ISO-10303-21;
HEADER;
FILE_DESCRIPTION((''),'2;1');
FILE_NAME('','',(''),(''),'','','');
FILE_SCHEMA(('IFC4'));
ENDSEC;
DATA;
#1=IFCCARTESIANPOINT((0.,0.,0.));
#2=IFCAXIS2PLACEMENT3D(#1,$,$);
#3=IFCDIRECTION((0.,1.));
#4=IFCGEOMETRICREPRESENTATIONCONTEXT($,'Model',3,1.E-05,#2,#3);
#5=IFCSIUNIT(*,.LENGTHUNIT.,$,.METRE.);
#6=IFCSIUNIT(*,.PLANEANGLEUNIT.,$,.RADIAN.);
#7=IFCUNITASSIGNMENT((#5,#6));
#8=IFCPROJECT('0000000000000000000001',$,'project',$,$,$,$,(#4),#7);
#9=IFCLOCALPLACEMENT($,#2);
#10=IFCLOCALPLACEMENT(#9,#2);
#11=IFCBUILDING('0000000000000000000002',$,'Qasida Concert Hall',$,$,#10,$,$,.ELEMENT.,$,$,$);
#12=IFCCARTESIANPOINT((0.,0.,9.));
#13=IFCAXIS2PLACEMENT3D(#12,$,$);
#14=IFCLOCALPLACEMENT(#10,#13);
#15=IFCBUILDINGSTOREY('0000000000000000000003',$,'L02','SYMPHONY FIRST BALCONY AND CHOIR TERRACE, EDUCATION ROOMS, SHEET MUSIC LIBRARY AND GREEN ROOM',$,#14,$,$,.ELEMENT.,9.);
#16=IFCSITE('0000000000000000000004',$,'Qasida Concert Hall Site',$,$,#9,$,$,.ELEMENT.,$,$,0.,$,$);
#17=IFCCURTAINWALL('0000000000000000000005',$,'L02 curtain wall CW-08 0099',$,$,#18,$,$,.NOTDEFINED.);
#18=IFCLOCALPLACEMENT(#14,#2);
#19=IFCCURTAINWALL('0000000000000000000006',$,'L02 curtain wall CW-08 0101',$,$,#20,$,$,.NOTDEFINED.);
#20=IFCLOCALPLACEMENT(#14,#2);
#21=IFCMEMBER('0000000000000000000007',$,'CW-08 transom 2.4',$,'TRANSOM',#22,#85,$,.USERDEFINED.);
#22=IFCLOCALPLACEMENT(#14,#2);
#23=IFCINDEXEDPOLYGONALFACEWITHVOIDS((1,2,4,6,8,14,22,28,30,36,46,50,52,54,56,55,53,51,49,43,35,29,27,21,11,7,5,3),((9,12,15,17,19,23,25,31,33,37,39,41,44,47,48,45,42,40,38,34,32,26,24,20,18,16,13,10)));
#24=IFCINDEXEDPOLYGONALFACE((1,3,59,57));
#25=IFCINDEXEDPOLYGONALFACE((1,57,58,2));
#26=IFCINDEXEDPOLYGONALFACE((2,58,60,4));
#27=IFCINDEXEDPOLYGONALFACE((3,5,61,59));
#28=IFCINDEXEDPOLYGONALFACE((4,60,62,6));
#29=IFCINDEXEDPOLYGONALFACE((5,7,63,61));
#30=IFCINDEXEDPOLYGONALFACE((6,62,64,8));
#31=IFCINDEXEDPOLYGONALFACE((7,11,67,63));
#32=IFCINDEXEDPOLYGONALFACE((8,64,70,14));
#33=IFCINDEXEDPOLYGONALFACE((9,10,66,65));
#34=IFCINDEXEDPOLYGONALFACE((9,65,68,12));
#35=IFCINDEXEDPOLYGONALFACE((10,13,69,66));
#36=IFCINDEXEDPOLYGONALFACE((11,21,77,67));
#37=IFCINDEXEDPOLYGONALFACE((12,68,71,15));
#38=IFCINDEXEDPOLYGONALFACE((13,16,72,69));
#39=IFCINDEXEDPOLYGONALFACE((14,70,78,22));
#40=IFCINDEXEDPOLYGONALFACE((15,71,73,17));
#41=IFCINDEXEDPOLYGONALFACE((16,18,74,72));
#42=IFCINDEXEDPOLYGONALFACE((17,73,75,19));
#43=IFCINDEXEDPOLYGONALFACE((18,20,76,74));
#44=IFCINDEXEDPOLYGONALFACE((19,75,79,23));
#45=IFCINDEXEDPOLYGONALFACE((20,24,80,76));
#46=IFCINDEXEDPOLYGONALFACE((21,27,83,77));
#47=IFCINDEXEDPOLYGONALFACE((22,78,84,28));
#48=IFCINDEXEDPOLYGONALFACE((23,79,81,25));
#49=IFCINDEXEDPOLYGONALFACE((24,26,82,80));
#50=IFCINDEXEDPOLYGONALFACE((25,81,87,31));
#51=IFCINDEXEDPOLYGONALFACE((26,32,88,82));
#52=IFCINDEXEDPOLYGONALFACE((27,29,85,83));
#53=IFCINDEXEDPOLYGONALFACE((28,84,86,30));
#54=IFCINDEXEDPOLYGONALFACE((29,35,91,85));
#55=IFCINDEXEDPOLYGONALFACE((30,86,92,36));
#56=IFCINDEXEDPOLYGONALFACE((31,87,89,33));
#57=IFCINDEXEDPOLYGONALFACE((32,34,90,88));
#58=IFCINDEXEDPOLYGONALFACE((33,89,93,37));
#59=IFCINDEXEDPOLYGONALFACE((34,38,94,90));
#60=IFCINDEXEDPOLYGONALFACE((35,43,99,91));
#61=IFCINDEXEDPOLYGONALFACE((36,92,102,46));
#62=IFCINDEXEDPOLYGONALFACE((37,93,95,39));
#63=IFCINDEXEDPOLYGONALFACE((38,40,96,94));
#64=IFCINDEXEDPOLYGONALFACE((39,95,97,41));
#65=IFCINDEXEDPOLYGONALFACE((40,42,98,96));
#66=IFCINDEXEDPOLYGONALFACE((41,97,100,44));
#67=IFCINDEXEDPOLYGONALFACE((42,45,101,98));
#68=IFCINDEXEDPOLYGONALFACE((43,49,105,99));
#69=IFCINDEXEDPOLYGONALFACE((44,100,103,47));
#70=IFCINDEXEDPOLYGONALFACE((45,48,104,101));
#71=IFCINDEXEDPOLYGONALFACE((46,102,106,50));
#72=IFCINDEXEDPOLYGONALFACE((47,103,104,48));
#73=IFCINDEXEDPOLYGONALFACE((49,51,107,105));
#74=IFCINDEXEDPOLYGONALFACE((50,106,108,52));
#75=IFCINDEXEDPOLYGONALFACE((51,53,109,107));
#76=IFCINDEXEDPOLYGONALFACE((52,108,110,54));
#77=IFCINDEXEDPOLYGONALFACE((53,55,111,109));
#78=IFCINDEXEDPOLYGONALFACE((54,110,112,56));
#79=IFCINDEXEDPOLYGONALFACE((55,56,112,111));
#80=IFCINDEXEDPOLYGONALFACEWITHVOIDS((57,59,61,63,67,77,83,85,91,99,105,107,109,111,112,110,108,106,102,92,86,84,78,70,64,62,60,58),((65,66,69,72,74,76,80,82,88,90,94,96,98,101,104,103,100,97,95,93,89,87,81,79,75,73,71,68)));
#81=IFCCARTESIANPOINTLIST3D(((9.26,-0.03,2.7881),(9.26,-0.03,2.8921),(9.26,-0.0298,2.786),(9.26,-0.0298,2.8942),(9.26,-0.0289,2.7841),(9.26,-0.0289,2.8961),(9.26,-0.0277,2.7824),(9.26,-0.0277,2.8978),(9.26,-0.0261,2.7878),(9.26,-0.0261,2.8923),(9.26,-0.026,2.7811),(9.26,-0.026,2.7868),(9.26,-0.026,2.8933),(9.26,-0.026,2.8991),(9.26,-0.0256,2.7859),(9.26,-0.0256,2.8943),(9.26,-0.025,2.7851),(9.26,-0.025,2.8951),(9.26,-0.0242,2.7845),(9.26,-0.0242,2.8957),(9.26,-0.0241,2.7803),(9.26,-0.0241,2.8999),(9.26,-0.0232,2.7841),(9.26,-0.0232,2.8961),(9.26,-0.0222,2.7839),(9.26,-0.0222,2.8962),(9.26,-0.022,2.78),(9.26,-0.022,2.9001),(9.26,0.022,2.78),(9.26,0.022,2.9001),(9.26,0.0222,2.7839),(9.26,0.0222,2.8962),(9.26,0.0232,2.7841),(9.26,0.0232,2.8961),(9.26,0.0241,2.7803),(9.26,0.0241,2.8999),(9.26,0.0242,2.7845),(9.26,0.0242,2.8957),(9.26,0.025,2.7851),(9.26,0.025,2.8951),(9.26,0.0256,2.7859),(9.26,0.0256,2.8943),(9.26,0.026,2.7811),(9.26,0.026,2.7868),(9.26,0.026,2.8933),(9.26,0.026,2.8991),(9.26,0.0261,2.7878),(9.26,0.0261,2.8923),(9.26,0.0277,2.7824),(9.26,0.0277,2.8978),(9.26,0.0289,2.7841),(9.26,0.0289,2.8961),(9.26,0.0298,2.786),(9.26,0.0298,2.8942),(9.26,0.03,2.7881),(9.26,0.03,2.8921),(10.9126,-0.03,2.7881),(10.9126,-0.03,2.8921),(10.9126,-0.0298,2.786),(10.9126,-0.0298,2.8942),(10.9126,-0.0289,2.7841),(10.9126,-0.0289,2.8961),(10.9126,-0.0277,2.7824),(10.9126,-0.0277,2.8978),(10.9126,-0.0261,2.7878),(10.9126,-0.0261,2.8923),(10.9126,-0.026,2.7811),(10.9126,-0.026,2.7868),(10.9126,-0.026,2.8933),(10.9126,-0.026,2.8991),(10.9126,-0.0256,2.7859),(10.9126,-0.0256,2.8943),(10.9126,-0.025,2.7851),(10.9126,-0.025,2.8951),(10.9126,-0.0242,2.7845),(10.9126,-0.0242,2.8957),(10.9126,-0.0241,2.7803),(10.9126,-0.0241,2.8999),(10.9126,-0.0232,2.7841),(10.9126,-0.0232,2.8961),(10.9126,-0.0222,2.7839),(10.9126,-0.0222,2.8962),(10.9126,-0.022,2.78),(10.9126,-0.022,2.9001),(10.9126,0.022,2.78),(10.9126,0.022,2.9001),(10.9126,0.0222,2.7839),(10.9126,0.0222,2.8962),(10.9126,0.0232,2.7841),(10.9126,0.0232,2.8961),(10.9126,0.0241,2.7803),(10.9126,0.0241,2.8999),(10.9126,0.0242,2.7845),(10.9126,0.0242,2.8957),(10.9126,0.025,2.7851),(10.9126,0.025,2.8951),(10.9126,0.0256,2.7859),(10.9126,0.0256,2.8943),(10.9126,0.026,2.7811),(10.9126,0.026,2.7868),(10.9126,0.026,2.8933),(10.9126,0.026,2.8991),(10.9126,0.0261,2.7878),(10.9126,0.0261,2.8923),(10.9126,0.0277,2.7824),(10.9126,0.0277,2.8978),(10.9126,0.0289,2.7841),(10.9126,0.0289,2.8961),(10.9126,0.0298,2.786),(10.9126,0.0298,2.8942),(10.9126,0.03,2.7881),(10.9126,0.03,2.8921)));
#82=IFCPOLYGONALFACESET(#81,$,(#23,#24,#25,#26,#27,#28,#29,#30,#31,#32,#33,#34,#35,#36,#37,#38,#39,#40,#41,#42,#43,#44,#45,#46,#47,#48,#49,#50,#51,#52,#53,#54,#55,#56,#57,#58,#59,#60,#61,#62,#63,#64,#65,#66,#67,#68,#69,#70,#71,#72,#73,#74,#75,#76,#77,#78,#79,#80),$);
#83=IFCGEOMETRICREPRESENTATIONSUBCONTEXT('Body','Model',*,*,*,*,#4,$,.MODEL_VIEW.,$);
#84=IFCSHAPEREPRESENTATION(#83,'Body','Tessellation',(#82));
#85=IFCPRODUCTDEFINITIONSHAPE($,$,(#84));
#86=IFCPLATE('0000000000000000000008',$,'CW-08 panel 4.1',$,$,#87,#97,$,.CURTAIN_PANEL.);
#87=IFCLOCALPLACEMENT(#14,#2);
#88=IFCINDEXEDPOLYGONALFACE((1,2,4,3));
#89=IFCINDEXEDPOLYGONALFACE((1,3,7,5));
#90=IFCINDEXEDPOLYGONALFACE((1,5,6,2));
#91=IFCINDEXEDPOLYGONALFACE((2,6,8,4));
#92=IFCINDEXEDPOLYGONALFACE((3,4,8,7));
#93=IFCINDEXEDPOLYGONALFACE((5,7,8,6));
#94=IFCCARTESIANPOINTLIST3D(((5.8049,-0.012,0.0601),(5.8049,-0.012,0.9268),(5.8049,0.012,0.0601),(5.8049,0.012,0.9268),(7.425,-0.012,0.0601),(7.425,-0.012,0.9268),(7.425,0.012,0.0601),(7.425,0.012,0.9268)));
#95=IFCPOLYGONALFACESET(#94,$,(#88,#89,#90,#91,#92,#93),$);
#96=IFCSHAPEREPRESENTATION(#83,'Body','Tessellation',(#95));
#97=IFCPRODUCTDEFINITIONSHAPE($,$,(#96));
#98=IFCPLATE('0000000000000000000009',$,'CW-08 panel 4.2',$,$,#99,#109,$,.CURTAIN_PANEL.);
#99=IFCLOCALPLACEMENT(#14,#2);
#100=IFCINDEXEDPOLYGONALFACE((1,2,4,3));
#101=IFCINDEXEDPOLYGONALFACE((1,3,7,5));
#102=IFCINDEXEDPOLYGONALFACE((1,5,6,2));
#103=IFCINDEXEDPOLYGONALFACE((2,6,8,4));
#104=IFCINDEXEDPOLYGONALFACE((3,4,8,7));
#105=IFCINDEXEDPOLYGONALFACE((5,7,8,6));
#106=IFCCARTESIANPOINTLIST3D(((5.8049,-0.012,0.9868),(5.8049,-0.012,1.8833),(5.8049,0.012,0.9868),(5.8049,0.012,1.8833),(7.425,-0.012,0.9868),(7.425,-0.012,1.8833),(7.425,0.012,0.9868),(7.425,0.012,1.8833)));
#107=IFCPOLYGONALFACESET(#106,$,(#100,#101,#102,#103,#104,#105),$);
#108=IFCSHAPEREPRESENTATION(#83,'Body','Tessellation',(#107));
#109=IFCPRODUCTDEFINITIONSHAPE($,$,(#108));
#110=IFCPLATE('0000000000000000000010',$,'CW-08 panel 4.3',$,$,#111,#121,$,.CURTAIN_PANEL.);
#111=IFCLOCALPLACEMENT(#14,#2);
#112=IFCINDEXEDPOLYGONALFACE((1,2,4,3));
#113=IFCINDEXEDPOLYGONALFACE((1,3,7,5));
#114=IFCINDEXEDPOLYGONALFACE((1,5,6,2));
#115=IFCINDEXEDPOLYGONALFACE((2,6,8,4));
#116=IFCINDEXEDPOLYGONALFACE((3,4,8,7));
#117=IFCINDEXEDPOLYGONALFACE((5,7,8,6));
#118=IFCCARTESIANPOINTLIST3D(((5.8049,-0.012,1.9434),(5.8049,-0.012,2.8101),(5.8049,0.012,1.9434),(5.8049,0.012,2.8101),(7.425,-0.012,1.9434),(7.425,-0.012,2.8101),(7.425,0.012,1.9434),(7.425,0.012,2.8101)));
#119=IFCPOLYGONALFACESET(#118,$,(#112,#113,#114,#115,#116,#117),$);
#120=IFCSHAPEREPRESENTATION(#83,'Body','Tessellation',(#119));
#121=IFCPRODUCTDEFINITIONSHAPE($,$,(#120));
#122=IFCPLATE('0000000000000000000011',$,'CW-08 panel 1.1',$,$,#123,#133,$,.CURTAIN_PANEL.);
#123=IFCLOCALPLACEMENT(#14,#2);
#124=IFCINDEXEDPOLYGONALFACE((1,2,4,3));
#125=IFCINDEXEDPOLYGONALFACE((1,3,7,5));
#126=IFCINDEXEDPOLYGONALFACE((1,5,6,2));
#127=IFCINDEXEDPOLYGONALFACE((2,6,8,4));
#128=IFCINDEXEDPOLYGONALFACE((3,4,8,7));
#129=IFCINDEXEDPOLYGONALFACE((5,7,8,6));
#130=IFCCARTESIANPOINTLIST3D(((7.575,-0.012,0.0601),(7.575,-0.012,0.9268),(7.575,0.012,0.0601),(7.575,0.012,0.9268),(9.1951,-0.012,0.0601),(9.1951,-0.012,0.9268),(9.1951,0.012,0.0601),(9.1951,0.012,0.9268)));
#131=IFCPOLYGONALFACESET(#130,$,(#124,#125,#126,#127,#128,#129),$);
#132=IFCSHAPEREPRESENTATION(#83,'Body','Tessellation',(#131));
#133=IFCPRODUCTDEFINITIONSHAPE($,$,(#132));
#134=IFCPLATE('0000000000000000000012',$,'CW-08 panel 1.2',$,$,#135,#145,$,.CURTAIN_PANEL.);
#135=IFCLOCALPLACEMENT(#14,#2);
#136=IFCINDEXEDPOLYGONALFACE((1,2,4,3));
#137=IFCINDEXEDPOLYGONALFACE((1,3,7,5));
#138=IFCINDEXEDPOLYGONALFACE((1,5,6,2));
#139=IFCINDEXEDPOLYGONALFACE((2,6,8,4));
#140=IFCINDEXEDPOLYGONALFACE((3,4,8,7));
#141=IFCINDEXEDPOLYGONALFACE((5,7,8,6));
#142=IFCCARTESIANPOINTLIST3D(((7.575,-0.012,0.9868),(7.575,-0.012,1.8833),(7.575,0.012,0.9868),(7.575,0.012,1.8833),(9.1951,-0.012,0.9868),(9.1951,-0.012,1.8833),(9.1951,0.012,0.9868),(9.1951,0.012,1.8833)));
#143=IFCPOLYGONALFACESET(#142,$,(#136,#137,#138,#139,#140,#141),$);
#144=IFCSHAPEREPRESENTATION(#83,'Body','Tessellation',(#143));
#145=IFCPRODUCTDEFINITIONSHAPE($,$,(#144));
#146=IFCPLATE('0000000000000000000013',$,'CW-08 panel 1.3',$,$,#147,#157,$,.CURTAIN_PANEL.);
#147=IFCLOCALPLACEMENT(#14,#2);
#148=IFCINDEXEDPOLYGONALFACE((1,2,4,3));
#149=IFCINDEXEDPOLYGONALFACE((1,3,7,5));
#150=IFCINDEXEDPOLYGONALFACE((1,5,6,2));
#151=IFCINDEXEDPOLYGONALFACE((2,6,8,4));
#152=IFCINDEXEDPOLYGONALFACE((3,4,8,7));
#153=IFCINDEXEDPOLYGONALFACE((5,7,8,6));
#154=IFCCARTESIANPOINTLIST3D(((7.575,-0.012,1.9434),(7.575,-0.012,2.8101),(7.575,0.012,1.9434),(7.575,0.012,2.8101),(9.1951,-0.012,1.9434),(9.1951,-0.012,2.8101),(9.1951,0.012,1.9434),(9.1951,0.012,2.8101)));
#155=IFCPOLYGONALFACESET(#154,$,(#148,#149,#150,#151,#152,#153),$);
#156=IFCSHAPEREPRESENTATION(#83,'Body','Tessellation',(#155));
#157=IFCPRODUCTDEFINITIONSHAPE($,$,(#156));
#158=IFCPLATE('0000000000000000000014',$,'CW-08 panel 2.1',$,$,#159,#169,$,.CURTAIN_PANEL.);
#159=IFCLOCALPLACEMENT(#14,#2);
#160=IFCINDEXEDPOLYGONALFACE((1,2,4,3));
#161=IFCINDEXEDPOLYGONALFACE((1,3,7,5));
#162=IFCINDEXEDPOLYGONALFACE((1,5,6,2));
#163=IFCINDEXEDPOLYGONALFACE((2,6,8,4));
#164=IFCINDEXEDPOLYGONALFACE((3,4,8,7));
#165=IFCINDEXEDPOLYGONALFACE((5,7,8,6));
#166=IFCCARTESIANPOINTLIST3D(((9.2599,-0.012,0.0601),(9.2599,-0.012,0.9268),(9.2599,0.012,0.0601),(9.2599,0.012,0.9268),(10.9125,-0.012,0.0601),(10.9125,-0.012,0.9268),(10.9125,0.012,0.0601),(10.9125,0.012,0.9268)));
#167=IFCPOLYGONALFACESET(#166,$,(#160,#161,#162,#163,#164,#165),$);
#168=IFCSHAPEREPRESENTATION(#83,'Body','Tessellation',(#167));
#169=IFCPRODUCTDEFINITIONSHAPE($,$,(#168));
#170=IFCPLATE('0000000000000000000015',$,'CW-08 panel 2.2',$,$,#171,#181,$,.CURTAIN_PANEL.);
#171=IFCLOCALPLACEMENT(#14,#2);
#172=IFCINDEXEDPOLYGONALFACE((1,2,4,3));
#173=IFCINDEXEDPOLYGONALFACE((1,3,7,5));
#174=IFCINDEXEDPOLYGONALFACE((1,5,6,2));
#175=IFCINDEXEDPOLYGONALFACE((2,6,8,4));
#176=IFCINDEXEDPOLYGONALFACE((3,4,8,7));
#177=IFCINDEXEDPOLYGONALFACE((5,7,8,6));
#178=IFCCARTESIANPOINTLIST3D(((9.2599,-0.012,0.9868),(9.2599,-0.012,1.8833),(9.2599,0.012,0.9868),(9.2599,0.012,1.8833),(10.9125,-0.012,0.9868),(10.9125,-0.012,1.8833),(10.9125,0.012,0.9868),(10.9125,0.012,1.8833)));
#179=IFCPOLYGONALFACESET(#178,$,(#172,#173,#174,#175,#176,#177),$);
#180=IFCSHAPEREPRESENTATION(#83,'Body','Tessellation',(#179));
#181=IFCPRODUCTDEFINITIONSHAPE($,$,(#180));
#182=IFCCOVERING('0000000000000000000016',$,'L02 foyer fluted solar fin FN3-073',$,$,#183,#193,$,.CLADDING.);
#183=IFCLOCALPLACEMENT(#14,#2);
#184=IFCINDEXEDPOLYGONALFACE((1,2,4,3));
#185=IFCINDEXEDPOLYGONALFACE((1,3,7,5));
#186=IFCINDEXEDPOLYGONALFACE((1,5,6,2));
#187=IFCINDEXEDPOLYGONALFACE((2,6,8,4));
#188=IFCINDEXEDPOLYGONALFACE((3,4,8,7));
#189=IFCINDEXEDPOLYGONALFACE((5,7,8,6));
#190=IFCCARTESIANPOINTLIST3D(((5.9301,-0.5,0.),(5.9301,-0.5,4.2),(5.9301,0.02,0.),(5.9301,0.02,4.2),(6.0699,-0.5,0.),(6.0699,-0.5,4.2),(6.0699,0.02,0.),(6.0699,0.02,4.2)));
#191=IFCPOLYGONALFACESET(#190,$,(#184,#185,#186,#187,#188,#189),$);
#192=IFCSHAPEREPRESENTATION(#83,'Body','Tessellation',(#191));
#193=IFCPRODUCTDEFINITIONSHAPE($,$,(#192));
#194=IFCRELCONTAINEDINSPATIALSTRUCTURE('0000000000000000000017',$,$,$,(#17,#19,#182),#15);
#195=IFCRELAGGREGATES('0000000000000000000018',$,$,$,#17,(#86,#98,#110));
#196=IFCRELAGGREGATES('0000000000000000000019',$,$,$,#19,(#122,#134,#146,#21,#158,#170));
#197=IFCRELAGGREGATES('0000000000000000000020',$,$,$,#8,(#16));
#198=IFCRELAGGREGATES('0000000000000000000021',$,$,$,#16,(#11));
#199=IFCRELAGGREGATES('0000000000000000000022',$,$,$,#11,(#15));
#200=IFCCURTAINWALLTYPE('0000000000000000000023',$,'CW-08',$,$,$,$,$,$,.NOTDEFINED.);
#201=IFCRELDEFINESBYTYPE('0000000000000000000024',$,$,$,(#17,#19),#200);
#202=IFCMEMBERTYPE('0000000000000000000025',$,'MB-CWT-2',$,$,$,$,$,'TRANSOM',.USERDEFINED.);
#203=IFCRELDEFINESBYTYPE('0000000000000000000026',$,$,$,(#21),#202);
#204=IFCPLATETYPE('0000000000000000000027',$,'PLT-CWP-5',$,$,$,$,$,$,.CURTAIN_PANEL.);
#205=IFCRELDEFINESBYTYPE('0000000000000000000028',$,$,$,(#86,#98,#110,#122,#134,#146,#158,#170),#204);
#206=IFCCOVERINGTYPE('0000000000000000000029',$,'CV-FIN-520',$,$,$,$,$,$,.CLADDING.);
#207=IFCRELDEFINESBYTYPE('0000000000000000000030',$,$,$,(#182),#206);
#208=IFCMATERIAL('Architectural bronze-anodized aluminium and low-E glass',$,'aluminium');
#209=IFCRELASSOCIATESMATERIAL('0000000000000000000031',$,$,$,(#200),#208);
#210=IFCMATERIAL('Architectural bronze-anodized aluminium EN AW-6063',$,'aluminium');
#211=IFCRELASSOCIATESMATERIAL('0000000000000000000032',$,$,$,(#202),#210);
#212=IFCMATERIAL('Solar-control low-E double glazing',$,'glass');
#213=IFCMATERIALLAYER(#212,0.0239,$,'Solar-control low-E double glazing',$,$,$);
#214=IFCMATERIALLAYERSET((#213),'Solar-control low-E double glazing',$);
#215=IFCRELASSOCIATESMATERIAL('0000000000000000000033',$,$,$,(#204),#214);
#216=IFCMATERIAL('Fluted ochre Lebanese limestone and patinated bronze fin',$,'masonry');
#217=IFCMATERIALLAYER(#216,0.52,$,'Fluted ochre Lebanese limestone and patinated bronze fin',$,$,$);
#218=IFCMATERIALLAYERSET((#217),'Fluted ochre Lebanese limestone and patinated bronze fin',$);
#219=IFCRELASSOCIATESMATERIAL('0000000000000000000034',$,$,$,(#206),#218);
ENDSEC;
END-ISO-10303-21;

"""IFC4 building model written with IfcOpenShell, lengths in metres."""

from ifc_helpers import new_model, si_unit, direction, frame, origin, origin_2d, place, context, subcontext, project, spatial, rectangle, hollow_rectangle, extrude, material, layer, layer_set, material_profile, profile_set, type_object, element, aggregate, save


model = new_model("IFC4")

# Units and contexts
model_context = context("Model", 3, precision=1e-05, world=origin(), true_north=direction((0.0, 1.0)))
body_context = subcontext(model_context, "Body", "Model", "MODEL_VIEW")
ifc_project = project(units=[si_unit("LENGTHUNIT", "METRE"), si_unit("PLANEANGLEUNIT", "RADIAN")], contexts=[model_context])

# Site, building, storey
site_placement = place(None, origin())
site = spatial("IfcSite", under=ifc_project, at=site_placement, Name="Qasida Concert Hall Site", CompositionType="ELEMENT", RefElevation=0.0)
building_placement = place(site_placement, origin())
building = spatial("IfcBuilding", under=site, at=building_placement, Name="Qasida Concert Hall", CompositionType="ELEMENT")
storey_placement = place(building_placement, frame((0.0, 0.0, 9.0)))
storey = spatial("IfcBuildingStorey", under=building, at=storey_placement, Name="L02", Description="SYMPHONY FIRST BALCONY AND CHOIR TERRACE, EDUCATION ROOMS, SHEET MUSIC LIBRARY AND GREEN ROOM", CompositionType="ELEMENT", Elevation=9.0)

# Curtain wall
ifc_material_1 = material(Name="Architectural bronze-anodized aluminium and low-E glass", Category="aluminium")
curtain_wall_type = type_object("IfcCurtainWallType", Name="CW-08", PredefinedType="NOTDEFINED", material=ifc_material_1)
curtain_wall_1_placement = place(storey_placement, origin())
curtain_wall_1 = element("IfcCurtainWall", 1, at=curtain_wall_1_placement, inside=storey, type_object=curtain_wall_type, Name="L02 curtain wall CW-08 0099", PredefinedType="NOTDEFINED")
ifc_material_2 = material(Name="Architectural bronze-anodized aluminium EN AW-6063", Category="aluminium")

# Curtain wall
curtain_wall_2_placement = place(storey_placement, origin())
curtain_wall_2 = element("IfcCurtainWall", 2, at=curtain_wall_2_placement, inside=storey, type_object=curtain_wall_type, Name="L02 curtain wall CW-08 0101", PredefinedType="NOTDEFINED")

# Member
ifc_material_profile_1 = material_profile(ifc_material_2, hollow_rectangle(XDim=0.0601, YDim=0.1201, WallThickness=0.0039, InnerFilletRadius=0.0039, OuterFilletRadius=0.0081, at=origin_2d()), Name="CWT 120x60x4")
ifc_profile_set_1 = profile_set([ifc_material_profile_1], Name="Architectural bronze-anodized aluminium EN AW-6063")
member_type_1 = type_object("IfcMemberType", Name="MB-CWT-2", ElementType="TRANSOM", PredefinedType="USERDEFINED", material=ifc_profile_set_1)
member_1_placement = place(storey_placement, frame((9.26, 0.0, 2.8401), z_axis=(1.0, 0.0, 0.0), x_axis=(0.0, 1.0, 0.0)))
member_1 = element("IfcMember", 3, at=member_1_placement, type_object=member_type_1, Name="CW-08 transom 2.4", ObjectType="TRANSOM", PredefinedType="USERDEFINED", context=body_context, shape_type="SweptSolid", body=[
    extrude(hollow_rectangle(XDim=0.0601, YDim=0.1201, WallThickness=0.0039, InnerFilletRadius=0.0039, OuterFilletRadius=0.0081, at=origin_2d()), origin(), (0.0, 0.0, 1.0), 1.6526),
])

# Plates
ifc_material_3 = material(Name="Solar-control low-E double glazing", Category="glass")
ifc_layer_1 = layer(ifc_material_3, 0.0239, Name="Solar-control low-E double glazing")
ifc_layer_set_1 = layer_set([ifc_layer_1], Name="Solar-control low-E double glazing")
plate_type = type_object("IfcPlateType", Name="PLT-CWP-5", PredefinedType="CURTAIN_PANEL", material=ifc_layer_set_1)
plate_1_placement = place(storey_placement, frame((6.615, 0.0, 0.0601), z_axis=(0.0, 0.0, 1.0), x_axis=(1.0, 0.0, 0.0)))
plate_1 = element("IfcPlate", 4, at=plate_1_placement, type_object=plate_type, Name="CW-08 panel 4.1", PredefinedType="CURTAIN_PANEL", context=body_context, shape_type="SweptSolid", body=[
    extrude(rectangle(XDim=1.6201, YDim=0.0239, at=origin_2d()), origin(), (0.0, 0.0, 1.0), 0.8667),
])
plate_2_placement = place(storey_placement, frame((6.615, 0.0, 0.9868), z_axis=(0.0, 0.0, 1.0), x_axis=(1.0, 0.0, 0.0)))
plate_2 = element("IfcPlate", 5, at=plate_2_placement, type_object=plate_type, Name="CW-08 panel 4.2", PredefinedType="CURTAIN_PANEL", context=body_context, shape_type="SweptSolid", body=[
    extrude(rectangle(XDim=1.6201, YDim=0.0239, at=origin_2d()), origin(), (0.0, 0.0, 1.0), 0.8965),
])
plate_3_placement = place(storey_placement, frame((6.615, 0.0, 1.9434), z_axis=(0.0, 0.0, 1.0), x_axis=(1.0, 0.0, 0.0)))
plate_3 = element("IfcPlate", 6, at=plate_3_placement, type_object=plate_type, Name="CW-08 panel 4.3", PredefinedType="CURTAIN_PANEL", context=body_context, shape_type="SweptSolid", body=[
    extrude(rectangle(XDim=1.6201, YDim=0.0239, at=origin_2d()), origin(), (0.0, 0.0, 1.0), 0.8667),
])
aggregate(curtain_wall_1, [plate_1, plate_2, plate_3])
plate_4_placement = place(storey_placement, frame((8.385, 0.0, 0.0601), z_axis=(0.0, 0.0, 1.0), x_axis=(1.0, 0.0, 0.0)))
plate_4 = element("IfcPlate", 7, at=plate_4_placement, type_object=plate_type, Name="CW-08 panel 1.1", PredefinedType="CURTAIN_PANEL", context=body_context, shape_type="SweptSolid", body=[
    extrude(rectangle(XDim=1.6201, YDim=0.0239, at=origin_2d()), origin(), (0.0, 0.0, 1.0), 0.8667),
])
plate_5_placement = place(storey_placement, frame((8.385, 0.0, 0.9868), z_axis=(0.0, 0.0, 1.0), x_axis=(1.0, 0.0, 0.0)))
plate_5 = element("IfcPlate", 8, at=plate_5_placement, type_object=plate_type, Name="CW-08 panel 1.2", PredefinedType="CURTAIN_PANEL", context=body_context, shape_type="SweptSolid", body=[
    extrude(rectangle(XDim=1.6201, YDim=0.0239, at=origin_2d()), origin(), (0.0, 0.0, 1.0), 0.8965),
])
plate_6_placement = place(storey_placement, frame((8.385, 0.0, 1.9434), z_axis=(0.0, 0.0, 1.0), x_axis=(1.0, 0.0, 0.0)))
plate_6 = element("IfcPlate", 9, at=plate_6_placement, type_object=plate_type, Name="CW-08 panel 1.3", PredefinedType="CURTAIN_PANEL", context=body_context, shape_type="SweptSolid", body=[
    extrude(rectangle(XDim=1.6201, YDim=0.0239, at=origin_2d()), origin(), (0.0, 0.0, 1.0), 0.8667),
])
plate_7_placement = place(storey_placement, frame((10.0862, 0.0, 0.0601), z_axis=(0.0, 0.0, 1.0), x_axis=(1.0, 0.0, 0.0)))
plate_7 = element("IfcPlate", 10, at=plate_7_placement, type_object=plate_type, Name="CW-08 panel 2.1", PredefinedType="CURTAIN_PANEL", context=body_context, shape_type="SweptSolid", body=[
    extrude(rectangle(XDim=1.6526, YDim=0.0239, at=origin_2d()), origin(), (0.0, 0.0, 1.0), 0.8667),
])
plate_8_placement = place(storey_placement, frame((10.0862, 0.0, 0.9868), z_axis=(0.0, 0.0, 1.0), x_axis=(1.0, 0.0, 0.0)))
plate_8 = element("IfcPlate", 11, at=plate_8_placement, type_object=plate_type, Name="CW-08 panel 2.2", PredefinedType="CURTAIN_PANEL", context=body_context, shape_type="SweptSolid", body=[
    extrude(rectangle(XDim=1.6526, YDim=0.0239, at=origin_2d()), origin(), (0.0, 0.0, 1.0), 0.8965),
])
aggregate(curtain_wall_2, [plate_4, plate_5, plate_6, member_1, plate_7, plate_8])

# Covering
ifc_material_4 = material(Name="Fluted ochre Lebanese limestone and patinated bronze fin", Category="masonry")
ifc_layer_2 = layer(ifc_material_4, 0.52, Name="Fluted ochre Lebanese limestone and patinated bronze fin")
ifc_layer_set_2 = layer_set([ifc_layer_2], Name="Fluted ochre Lebanese limestone and patinated bronze fin")
covering_type_1 = type_object("IfcCoveringType", Name="CV-FIN-520", PredefinedType="CLADDING", material=ifc_layer_set_2)
for number, where, z_axis, x_axis, name in (
    (12, (6.0, -0.24, 0.0), (0.0, 0.0, 1.0), (1.0, 0.0, 0.0), "L02 foyer fluted solar fin FN3-073"),
):
    element("IfcCovering", number, at=place(storey_placement, frame(where, z_axis=z_axis, x_axis=x_axis)), inside=storey, type_object=covering_type_1, Name=name, PredefinedType="CLADDING", context=body_context, shape_type="SweptSolid", body=[
        extrude(rectangle(XDim=0.1399, YDim=0.52, at=origin_2d()), origin(), (0.0, 0.0, 1.0), 4.2),
    ])

save(model, "model.ifc")
